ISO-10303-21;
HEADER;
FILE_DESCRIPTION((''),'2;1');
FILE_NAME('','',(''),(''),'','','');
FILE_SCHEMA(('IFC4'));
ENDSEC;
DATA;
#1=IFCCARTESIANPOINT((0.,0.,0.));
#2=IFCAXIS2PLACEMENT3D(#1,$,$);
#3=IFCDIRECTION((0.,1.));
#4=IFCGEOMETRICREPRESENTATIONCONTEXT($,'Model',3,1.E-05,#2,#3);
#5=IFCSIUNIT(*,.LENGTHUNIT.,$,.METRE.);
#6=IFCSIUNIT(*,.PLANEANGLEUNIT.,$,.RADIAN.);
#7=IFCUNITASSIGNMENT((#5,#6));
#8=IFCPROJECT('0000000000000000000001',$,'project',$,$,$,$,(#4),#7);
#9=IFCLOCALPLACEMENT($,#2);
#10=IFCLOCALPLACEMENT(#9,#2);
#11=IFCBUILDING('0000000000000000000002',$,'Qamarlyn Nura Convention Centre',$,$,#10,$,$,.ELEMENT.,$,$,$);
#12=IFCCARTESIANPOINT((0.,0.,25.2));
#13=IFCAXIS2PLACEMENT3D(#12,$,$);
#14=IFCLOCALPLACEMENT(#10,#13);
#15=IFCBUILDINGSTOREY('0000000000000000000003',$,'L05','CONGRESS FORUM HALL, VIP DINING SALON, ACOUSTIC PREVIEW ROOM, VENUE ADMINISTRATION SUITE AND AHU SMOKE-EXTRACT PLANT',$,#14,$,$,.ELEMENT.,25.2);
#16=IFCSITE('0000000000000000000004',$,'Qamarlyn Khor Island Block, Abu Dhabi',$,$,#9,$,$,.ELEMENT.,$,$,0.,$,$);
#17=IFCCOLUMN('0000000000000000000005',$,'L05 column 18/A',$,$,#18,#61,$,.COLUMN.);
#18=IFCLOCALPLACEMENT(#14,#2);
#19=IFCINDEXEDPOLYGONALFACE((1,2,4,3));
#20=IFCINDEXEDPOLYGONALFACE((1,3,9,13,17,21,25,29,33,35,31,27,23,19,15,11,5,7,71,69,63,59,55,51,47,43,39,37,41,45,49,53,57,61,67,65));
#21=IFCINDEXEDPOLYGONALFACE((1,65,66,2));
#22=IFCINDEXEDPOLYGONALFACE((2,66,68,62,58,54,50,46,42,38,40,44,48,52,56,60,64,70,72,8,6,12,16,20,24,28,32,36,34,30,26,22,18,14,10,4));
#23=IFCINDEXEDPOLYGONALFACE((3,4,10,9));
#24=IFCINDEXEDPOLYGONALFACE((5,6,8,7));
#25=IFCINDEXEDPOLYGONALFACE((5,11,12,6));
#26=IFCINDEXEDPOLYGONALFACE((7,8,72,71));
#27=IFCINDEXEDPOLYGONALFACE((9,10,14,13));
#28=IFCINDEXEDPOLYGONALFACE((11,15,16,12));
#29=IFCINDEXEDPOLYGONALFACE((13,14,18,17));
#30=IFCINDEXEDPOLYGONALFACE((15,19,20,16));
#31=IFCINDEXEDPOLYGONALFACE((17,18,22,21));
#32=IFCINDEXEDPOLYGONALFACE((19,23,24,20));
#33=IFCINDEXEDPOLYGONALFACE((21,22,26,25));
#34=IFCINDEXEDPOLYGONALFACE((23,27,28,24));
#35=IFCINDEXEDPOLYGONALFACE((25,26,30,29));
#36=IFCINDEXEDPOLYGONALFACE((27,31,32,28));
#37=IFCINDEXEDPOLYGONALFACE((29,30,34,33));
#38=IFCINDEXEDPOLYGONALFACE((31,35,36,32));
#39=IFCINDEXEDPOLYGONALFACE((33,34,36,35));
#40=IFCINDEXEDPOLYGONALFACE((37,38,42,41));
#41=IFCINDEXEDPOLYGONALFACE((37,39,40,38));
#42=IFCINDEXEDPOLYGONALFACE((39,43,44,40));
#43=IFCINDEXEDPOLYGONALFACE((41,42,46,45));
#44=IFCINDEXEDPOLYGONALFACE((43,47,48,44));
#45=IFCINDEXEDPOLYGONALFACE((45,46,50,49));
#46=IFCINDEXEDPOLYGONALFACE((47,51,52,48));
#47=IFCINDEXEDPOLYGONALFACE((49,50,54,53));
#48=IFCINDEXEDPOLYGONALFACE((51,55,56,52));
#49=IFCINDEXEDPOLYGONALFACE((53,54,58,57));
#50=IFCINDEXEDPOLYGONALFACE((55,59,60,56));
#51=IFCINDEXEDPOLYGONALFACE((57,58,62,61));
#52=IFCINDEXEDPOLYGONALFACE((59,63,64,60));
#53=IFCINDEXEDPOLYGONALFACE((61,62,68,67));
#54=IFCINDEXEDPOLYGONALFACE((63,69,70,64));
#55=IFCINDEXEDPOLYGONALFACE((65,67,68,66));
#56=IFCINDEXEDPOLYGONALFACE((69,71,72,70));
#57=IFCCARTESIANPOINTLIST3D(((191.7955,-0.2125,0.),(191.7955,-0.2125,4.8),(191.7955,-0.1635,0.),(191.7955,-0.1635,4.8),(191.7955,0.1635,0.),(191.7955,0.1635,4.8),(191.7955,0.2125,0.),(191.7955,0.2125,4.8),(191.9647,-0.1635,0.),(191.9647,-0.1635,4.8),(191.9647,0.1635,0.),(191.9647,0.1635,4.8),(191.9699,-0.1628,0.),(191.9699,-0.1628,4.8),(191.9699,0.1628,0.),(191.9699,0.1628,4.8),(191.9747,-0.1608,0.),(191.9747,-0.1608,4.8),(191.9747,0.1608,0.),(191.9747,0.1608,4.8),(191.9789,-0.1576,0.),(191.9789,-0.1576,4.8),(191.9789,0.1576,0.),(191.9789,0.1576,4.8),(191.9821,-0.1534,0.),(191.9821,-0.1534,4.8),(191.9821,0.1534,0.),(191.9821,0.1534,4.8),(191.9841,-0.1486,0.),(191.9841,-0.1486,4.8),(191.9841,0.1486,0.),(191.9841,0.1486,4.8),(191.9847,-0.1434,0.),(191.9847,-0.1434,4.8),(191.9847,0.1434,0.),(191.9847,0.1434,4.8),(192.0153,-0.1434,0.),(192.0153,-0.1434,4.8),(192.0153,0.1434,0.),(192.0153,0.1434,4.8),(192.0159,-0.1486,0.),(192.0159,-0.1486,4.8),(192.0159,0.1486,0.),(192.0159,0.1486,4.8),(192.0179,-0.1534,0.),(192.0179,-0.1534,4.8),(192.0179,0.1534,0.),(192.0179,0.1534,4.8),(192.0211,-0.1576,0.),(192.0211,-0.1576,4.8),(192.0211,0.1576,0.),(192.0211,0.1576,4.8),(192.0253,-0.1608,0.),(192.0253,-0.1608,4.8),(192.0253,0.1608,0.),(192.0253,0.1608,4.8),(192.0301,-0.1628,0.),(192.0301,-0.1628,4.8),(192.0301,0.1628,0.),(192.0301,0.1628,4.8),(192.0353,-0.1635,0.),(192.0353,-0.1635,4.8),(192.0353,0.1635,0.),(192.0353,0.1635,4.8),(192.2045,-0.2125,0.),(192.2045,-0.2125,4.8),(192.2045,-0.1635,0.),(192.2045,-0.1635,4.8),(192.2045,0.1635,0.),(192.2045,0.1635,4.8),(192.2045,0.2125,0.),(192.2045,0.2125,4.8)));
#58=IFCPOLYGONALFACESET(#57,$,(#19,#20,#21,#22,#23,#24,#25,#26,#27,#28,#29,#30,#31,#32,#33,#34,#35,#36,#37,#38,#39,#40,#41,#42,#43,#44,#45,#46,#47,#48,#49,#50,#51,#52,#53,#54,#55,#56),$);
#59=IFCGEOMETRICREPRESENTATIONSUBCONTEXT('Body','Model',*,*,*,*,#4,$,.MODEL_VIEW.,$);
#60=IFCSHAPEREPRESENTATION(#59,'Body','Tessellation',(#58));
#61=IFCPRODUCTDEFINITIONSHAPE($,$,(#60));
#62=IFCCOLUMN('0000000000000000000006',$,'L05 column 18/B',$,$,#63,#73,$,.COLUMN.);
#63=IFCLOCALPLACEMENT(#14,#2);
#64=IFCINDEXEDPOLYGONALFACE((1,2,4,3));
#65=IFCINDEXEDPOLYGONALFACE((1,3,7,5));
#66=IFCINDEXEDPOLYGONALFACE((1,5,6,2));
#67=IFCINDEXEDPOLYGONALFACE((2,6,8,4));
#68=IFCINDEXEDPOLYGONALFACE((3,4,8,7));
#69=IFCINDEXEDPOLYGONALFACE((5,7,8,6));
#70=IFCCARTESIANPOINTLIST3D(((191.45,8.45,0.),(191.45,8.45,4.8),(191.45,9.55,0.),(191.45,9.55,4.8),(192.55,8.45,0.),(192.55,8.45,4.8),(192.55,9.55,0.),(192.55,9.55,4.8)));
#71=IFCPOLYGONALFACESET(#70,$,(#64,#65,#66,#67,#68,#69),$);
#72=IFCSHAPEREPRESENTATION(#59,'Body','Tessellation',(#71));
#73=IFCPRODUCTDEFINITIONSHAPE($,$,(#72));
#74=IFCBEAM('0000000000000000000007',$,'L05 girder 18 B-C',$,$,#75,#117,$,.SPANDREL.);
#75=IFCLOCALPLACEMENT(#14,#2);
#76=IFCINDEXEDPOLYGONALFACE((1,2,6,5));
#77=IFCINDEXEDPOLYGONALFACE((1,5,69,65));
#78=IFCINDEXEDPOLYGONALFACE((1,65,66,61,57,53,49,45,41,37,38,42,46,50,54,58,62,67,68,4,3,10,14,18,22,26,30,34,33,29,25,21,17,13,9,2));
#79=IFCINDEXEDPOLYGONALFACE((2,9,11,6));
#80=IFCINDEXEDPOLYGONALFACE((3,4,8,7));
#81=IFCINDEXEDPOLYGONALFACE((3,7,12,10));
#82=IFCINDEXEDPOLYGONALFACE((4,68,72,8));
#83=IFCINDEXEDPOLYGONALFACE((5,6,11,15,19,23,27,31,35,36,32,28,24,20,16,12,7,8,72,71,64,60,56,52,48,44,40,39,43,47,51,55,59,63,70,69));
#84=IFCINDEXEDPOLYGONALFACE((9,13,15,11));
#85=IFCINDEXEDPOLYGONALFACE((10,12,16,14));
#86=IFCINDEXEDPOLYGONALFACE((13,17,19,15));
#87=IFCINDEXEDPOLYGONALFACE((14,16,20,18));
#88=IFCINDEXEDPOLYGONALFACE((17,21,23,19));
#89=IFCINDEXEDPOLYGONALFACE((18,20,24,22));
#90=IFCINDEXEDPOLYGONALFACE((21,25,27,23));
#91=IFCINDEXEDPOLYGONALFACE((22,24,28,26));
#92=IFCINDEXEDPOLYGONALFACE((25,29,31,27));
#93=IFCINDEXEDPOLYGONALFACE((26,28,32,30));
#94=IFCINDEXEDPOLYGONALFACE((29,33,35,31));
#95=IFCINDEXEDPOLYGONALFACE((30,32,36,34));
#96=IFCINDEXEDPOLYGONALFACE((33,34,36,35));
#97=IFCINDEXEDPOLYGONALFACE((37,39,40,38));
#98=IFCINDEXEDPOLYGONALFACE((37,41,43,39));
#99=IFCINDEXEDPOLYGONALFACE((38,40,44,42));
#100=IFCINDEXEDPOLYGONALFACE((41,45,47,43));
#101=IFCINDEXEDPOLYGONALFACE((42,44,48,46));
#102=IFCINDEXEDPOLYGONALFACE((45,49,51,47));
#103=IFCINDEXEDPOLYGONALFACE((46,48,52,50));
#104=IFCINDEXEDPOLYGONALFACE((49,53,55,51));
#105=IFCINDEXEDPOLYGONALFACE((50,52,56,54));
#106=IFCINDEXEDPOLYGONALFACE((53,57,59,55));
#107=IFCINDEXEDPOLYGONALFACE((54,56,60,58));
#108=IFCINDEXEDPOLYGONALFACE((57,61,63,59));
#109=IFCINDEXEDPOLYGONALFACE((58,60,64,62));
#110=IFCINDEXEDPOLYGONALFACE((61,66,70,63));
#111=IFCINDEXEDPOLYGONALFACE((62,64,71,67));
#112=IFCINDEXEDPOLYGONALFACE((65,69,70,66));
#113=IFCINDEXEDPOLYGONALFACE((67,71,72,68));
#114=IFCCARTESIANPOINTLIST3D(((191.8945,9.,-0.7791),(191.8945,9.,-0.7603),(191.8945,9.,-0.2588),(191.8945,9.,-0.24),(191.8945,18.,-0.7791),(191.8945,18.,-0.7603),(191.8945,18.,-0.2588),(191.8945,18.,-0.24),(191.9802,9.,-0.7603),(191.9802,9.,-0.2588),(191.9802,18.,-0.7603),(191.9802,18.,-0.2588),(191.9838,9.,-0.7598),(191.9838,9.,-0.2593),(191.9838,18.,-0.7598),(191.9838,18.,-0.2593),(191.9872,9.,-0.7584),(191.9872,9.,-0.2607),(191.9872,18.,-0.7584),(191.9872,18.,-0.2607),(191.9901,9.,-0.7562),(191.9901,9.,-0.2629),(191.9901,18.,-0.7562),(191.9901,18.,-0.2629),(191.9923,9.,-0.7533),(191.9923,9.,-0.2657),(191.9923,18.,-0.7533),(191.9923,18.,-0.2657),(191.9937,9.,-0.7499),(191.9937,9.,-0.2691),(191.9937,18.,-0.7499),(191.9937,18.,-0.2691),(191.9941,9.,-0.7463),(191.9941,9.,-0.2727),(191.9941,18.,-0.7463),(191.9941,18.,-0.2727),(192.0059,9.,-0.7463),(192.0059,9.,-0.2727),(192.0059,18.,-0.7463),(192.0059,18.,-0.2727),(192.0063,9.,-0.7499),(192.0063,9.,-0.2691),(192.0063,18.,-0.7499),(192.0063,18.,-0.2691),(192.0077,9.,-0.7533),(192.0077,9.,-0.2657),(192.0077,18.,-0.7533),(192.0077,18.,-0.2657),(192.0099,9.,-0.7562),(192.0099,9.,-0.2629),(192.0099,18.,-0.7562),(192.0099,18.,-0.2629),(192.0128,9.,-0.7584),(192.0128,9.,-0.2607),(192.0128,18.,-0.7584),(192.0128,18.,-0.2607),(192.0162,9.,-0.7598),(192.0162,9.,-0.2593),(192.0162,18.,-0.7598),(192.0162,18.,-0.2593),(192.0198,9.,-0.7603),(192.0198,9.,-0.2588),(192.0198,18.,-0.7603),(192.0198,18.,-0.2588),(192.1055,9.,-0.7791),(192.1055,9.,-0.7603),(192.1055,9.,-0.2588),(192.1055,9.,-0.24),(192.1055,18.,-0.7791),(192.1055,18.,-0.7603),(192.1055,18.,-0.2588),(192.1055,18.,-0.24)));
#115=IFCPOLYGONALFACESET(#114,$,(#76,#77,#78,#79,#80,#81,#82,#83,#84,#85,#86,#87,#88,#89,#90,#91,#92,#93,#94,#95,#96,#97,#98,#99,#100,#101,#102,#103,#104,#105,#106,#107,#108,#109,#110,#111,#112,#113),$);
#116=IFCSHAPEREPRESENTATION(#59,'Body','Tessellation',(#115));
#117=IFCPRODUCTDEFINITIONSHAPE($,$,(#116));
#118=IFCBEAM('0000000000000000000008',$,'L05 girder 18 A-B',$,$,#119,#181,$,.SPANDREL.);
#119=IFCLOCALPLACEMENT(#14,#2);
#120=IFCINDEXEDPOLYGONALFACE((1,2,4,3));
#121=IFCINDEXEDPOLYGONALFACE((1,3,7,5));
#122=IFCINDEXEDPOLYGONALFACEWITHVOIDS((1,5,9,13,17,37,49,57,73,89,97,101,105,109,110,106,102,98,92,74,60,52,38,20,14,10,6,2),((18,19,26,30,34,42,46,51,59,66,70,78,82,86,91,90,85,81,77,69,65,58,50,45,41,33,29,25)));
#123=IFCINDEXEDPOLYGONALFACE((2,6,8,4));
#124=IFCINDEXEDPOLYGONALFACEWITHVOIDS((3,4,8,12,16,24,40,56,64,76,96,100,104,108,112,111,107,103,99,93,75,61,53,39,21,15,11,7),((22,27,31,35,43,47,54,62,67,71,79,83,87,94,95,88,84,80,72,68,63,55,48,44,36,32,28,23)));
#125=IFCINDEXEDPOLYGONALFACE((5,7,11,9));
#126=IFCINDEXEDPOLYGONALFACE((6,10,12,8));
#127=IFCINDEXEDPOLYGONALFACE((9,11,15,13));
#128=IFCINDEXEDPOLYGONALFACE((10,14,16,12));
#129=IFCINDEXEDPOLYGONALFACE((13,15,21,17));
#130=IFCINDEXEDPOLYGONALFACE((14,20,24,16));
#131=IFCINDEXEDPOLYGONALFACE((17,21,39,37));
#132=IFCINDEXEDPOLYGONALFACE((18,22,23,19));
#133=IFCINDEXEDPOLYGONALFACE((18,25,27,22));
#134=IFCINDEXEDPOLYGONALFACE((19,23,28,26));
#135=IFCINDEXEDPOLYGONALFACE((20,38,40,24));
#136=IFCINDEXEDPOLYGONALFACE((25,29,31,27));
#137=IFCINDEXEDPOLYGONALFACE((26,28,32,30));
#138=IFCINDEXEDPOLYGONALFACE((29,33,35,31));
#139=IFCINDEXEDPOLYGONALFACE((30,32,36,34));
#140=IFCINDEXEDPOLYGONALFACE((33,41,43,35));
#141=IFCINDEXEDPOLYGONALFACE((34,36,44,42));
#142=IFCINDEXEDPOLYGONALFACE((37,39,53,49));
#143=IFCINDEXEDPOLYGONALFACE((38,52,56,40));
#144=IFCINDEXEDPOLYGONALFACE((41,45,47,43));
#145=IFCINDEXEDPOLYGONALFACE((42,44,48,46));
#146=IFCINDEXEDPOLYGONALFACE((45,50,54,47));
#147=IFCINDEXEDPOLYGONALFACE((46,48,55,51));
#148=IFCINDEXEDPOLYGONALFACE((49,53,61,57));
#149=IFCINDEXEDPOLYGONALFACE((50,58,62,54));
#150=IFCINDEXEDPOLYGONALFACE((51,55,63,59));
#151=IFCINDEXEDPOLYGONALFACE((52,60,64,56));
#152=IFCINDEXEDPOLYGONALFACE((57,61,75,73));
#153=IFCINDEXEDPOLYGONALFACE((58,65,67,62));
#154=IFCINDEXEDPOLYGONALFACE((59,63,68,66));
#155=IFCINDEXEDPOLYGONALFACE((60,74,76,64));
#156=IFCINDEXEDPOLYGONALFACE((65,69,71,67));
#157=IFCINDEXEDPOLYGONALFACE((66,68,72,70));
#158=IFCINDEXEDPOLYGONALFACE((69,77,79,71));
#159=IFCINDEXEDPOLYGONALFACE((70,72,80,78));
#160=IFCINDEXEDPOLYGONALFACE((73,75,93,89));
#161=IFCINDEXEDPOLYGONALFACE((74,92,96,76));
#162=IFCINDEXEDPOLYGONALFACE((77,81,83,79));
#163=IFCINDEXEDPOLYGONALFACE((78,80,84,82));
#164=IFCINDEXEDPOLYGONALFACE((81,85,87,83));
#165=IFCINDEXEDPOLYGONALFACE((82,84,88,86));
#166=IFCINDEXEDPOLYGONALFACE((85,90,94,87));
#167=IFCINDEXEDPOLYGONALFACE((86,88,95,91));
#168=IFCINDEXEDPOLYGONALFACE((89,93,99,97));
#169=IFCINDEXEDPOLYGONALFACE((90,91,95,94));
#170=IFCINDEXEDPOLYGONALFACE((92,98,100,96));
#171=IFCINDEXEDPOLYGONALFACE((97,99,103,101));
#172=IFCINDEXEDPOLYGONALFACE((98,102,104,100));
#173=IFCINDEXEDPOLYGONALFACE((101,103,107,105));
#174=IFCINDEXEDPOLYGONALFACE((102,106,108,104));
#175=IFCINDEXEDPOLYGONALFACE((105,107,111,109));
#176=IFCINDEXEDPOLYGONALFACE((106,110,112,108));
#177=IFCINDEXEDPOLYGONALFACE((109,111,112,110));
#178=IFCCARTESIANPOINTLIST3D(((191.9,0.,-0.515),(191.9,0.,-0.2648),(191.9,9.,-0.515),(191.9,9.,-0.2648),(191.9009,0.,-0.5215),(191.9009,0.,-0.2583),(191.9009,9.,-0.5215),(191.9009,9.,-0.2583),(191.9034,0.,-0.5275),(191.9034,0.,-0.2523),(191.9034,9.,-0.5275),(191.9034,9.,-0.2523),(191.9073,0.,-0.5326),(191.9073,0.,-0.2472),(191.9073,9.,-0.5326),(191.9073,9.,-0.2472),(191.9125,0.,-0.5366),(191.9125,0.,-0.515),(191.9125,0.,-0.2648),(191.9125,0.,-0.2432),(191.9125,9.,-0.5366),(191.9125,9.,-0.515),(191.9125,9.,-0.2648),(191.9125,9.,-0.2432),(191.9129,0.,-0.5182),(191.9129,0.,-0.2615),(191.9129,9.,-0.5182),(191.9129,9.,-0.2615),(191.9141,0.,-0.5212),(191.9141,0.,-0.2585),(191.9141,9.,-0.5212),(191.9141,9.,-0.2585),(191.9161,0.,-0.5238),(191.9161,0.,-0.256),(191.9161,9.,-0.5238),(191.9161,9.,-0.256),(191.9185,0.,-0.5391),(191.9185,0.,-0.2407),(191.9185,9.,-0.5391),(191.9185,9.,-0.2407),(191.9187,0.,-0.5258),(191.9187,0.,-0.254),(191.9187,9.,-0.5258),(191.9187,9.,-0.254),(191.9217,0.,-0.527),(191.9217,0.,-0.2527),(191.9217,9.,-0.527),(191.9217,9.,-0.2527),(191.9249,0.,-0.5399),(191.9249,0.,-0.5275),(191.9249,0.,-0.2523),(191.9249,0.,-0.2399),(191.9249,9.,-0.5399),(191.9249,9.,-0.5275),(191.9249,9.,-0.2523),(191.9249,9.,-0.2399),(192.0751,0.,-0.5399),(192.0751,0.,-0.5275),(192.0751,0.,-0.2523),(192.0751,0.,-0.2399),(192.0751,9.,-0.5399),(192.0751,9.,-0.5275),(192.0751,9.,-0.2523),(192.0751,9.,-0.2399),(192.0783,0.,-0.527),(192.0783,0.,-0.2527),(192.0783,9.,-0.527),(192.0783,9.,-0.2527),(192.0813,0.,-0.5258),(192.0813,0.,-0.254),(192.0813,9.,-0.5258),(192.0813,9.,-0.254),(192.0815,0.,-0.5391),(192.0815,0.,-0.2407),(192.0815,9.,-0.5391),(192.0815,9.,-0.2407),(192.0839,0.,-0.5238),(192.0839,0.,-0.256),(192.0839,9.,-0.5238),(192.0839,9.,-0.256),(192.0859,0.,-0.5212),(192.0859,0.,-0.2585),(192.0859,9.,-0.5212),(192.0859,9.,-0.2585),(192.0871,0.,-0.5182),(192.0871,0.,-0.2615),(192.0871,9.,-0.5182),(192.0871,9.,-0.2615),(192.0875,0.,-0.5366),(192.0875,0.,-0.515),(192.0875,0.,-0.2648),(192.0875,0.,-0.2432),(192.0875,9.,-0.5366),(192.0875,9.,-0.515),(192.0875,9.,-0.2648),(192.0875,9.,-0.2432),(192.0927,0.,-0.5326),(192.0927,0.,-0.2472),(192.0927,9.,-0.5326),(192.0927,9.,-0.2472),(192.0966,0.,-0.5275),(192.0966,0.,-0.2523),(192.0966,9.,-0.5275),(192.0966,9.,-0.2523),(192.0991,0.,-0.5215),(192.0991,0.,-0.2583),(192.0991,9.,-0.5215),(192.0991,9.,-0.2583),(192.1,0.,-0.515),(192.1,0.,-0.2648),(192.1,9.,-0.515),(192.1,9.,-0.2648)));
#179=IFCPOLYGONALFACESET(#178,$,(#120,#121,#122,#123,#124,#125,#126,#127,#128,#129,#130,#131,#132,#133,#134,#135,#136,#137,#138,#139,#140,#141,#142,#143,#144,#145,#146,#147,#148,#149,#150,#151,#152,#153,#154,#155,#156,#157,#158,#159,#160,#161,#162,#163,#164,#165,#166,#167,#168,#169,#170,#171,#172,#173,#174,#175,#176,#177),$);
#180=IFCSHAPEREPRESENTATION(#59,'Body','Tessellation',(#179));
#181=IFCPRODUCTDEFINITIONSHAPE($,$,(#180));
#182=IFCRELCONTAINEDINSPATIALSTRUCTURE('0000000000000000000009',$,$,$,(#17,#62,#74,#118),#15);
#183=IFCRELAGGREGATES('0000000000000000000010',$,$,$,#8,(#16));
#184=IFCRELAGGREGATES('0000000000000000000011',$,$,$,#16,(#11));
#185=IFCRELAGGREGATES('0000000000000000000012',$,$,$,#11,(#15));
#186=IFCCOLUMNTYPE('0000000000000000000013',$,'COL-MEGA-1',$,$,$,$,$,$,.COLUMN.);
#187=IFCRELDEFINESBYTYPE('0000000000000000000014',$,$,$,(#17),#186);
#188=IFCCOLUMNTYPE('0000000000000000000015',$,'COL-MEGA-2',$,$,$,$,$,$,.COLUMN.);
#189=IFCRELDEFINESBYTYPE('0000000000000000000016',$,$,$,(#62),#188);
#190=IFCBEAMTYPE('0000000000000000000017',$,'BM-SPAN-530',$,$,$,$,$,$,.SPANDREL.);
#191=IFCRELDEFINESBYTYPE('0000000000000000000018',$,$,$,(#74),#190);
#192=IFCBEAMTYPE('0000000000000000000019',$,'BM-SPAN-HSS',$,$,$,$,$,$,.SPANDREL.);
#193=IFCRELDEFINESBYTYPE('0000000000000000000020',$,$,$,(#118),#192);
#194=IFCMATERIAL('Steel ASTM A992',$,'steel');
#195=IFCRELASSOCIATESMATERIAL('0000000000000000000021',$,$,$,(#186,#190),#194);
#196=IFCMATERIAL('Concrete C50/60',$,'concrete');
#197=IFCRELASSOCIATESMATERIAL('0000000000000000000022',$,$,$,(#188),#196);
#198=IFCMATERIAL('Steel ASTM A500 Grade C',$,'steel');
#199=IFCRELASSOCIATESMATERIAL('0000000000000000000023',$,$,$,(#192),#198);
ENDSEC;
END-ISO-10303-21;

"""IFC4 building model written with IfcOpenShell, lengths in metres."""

from ifc_helpers import new_model, si_unit, direction, frame, origin, origin_2d, place, context, subcontext, project, spatial, rectangle, hollow_rectangle, i_section, extrude, material, material_profile, profile_set, type_object, element, save


model = new_model("IFC4")

# Units and contexts
model_context = context("Model", 3, precision=1e-05, world=origin(), true_north=direction((0.0, 1.0)))
body_context = subcontext(model_context, "Body", "Model", "MODEL_VIEW")
ifc_project = project(units=[si_unit("LENGTHUNIT", "METRE"), si_unit("PLANEANGLEUNIT", "RADIAN")], contexts=[model_context])

# Site, building, storey
site_placement = place(None, origin())
site = spatial("IfcSite", under=ifc_project, at=site_placement, Name="Qamarlyn Khor Island Block, Abu Dhabi", CompositionType="ELEMENT", RefElevation=0.0)
building_placement = place(site_placement, origin())
building = spatial("IfcBuilding", under=site, at=building_placement, Name="Qamarlyn Nura Convention Centre", CompositionType="ELEMENT")
storey_placement = place(building_placement, frame((0.0, 0.0, 25.2)))
storey = spatial("IfcBuildingStorey", under=building, at=storey_placement, Name="L05", Description="CONGRESS FORUM HALL, VIP DINING SALON, ACOUSTIC PREVIEW ROOM, VENUE ADMINISTRATION SUITE AND AHU SMOKE-EXTRACT PLANT", CompositionType="ELEMENT", Elevation=25.2)

# Columns
ifc_material_1 = material(Name="Steel ASTM A992", Category="steel")
ifc_material_profile_1 = material_profile(ifc_material_1, i_section(OverallWidth=0.4089, OverallDepth=0.425, WebThickness=0.0305, FlangeThickness=0.0491, FilletRadius=0.02, at=origin_2d()), Name="W360X421")
ifc_profile_set_1 = profile_set([ifc_material_profile_1], Name="Steel ASTM A992")
column_type_1 = type_object("IfcColumnType", Name="COL-MEGA-1", PredefinedType="COLUMN", material=ifc_profile_set_1)
column_1_placement = place(storey_placement, frame((192.0, 0.0, 0.0), z_axis=(0.0, 0.0, 1.0), x_axis=(1.0, 0.0, 0.0)))
element("IfcColumn", 1, at=column_1_placement, inside=storey, type_object=column_type_1, Name="L05 column 18/A", PredefinedType="COLUMN", context=body_context, shape_type="SweptSolid", body=[
    extrude(i_section(OverallWidth=0.4089, OverallDepth=0.425, WebThickness=0.0305, FlangeThickness=0.0491, FilletRadius=0.02, at=origin_2d()), origin(), (0.0, 0.0, 1.0), 4.8),
])
ifc_material_2 = material(Name="Concrete C50/60", Category="concrete")
ifc_material_profile_2 = material_profile(ifc_material_2, rectangle(XDim=1.1001, YDim=1.1001, at=origin_2d()), Name="RC 1100x1100")
ifc_profile_set_2 = profile_set([ifc_material_profile_2], Name="Concrete C50/60")
column_type_2 = type_object("IfcColumnType", Name="COL-MEGA-2", PredefinedType="COLUMN", material=ifc_profile_set_2)
column_2_placement = place(storey_placement, frame((192.0, 9.0, 0.0), z_axis=(0.0, 0.0, 1.0), x_axis=(1.0, 0.0, 0.0)))
element("IfcColumn", 2, at=column_2_placement, inside=storey, type_object=column_type_2, Name="L05 column 18/B", PredefinedType="COLUMN", context=body_context, shape_type="SweptSolid", body=[
    extrude(rectangle(XDim=1.1001, YDim=1.1001, at=origin_2d()), origin(), (0.0, 0.0, 1.0), 4.8),
])

# Beams
ifc_material_profile_3 = material_profile(ifc_material_1, i_section(OverallWidth=0.2109, OverallDepth=0.5391, WebThickness=0.0117, FlangeThickness=0.0188, FilletRadius=0.0139, at=origin_2d()), Name="W530X109")
ifc_profile_set_3 = profile_set([ifc_material_profile_3], Name="Steel ASTM A992")
beam_type_1 = type_object("IfcBeamType", Name="BM-SPAN-530", PredefinedType="SPANDREL", material=ifc_profile_set_3)
beam_1_placement = place(storey_placement, frame((192.0, 9.0, -0.5095), z_axis=(0.0, 1.0, 0.0), x_axis=(-1.0, 0.0, 0.0)))
element("IfcBeam", 3, at=beam_1_placement, inside=storey, type_object=beam_type_1, Name="L05 girder 18 B-C", PredefinedType="SPANDREL", context=body_context, shape_type="SweptSolid", body=[
    extrude(i_section(OverallWidth=0.2109, OverallDepth=0.5391, WebThickness=0.0117, FlangeThickness=0.0188, FilletRadius=0.0139, at=origin_2d()), origin(), (0.0, 0.0, 1.0), 9.0),
])
ifc_material_3 = material(Name="Steel ASTM A500 Grade C", Category="steel")
ifc_material_profile_4 = material_profile(ifc_material_3, hollow_rectangle(XDim=0.2, YDim=0.3, WallThickness=0.0125, InnerFilletRadius=0.0125, OuterFilletRadius=0.0249, at=origin_2d()), Name="HSS300X200X12.5")
ifc_profile_set_4 = profile_set([ifc_material_profile_4], Name="Steel ASTM A500 Grade C")
beam_type_2 = type_object("IfcBeamType", Name="BM-SPAN-HSS", PredefinedType="SPANDREL", material=ifc_profile_set_4)
beam_2_placement = place(storey_placement, frame((192.0, 0.0, -0.3899), z_axis=(0.0, 1.0, 0.0), x_axis=(-1.0, 0.0, 0.0)))
element("IfcBeam", 4, at=beam_2_placement, inside=storey, type_object=beam_type_2, Name="L05 girder 18 A-B", PredefinedType="SPANDREL", context=body_context, shape_type="SweptSolid", body=[
    extrude(hollow_rectangle(XDim=0.2, YDim=0.3, WallThickness=0.0125, InnerFilletRadius=0.0125, OuterFilletRadius=0.0249, at=origin_2d()), origin(), (0.0, 0.0, 1.0), 9.0),
])

save(model, "model.ifc")
